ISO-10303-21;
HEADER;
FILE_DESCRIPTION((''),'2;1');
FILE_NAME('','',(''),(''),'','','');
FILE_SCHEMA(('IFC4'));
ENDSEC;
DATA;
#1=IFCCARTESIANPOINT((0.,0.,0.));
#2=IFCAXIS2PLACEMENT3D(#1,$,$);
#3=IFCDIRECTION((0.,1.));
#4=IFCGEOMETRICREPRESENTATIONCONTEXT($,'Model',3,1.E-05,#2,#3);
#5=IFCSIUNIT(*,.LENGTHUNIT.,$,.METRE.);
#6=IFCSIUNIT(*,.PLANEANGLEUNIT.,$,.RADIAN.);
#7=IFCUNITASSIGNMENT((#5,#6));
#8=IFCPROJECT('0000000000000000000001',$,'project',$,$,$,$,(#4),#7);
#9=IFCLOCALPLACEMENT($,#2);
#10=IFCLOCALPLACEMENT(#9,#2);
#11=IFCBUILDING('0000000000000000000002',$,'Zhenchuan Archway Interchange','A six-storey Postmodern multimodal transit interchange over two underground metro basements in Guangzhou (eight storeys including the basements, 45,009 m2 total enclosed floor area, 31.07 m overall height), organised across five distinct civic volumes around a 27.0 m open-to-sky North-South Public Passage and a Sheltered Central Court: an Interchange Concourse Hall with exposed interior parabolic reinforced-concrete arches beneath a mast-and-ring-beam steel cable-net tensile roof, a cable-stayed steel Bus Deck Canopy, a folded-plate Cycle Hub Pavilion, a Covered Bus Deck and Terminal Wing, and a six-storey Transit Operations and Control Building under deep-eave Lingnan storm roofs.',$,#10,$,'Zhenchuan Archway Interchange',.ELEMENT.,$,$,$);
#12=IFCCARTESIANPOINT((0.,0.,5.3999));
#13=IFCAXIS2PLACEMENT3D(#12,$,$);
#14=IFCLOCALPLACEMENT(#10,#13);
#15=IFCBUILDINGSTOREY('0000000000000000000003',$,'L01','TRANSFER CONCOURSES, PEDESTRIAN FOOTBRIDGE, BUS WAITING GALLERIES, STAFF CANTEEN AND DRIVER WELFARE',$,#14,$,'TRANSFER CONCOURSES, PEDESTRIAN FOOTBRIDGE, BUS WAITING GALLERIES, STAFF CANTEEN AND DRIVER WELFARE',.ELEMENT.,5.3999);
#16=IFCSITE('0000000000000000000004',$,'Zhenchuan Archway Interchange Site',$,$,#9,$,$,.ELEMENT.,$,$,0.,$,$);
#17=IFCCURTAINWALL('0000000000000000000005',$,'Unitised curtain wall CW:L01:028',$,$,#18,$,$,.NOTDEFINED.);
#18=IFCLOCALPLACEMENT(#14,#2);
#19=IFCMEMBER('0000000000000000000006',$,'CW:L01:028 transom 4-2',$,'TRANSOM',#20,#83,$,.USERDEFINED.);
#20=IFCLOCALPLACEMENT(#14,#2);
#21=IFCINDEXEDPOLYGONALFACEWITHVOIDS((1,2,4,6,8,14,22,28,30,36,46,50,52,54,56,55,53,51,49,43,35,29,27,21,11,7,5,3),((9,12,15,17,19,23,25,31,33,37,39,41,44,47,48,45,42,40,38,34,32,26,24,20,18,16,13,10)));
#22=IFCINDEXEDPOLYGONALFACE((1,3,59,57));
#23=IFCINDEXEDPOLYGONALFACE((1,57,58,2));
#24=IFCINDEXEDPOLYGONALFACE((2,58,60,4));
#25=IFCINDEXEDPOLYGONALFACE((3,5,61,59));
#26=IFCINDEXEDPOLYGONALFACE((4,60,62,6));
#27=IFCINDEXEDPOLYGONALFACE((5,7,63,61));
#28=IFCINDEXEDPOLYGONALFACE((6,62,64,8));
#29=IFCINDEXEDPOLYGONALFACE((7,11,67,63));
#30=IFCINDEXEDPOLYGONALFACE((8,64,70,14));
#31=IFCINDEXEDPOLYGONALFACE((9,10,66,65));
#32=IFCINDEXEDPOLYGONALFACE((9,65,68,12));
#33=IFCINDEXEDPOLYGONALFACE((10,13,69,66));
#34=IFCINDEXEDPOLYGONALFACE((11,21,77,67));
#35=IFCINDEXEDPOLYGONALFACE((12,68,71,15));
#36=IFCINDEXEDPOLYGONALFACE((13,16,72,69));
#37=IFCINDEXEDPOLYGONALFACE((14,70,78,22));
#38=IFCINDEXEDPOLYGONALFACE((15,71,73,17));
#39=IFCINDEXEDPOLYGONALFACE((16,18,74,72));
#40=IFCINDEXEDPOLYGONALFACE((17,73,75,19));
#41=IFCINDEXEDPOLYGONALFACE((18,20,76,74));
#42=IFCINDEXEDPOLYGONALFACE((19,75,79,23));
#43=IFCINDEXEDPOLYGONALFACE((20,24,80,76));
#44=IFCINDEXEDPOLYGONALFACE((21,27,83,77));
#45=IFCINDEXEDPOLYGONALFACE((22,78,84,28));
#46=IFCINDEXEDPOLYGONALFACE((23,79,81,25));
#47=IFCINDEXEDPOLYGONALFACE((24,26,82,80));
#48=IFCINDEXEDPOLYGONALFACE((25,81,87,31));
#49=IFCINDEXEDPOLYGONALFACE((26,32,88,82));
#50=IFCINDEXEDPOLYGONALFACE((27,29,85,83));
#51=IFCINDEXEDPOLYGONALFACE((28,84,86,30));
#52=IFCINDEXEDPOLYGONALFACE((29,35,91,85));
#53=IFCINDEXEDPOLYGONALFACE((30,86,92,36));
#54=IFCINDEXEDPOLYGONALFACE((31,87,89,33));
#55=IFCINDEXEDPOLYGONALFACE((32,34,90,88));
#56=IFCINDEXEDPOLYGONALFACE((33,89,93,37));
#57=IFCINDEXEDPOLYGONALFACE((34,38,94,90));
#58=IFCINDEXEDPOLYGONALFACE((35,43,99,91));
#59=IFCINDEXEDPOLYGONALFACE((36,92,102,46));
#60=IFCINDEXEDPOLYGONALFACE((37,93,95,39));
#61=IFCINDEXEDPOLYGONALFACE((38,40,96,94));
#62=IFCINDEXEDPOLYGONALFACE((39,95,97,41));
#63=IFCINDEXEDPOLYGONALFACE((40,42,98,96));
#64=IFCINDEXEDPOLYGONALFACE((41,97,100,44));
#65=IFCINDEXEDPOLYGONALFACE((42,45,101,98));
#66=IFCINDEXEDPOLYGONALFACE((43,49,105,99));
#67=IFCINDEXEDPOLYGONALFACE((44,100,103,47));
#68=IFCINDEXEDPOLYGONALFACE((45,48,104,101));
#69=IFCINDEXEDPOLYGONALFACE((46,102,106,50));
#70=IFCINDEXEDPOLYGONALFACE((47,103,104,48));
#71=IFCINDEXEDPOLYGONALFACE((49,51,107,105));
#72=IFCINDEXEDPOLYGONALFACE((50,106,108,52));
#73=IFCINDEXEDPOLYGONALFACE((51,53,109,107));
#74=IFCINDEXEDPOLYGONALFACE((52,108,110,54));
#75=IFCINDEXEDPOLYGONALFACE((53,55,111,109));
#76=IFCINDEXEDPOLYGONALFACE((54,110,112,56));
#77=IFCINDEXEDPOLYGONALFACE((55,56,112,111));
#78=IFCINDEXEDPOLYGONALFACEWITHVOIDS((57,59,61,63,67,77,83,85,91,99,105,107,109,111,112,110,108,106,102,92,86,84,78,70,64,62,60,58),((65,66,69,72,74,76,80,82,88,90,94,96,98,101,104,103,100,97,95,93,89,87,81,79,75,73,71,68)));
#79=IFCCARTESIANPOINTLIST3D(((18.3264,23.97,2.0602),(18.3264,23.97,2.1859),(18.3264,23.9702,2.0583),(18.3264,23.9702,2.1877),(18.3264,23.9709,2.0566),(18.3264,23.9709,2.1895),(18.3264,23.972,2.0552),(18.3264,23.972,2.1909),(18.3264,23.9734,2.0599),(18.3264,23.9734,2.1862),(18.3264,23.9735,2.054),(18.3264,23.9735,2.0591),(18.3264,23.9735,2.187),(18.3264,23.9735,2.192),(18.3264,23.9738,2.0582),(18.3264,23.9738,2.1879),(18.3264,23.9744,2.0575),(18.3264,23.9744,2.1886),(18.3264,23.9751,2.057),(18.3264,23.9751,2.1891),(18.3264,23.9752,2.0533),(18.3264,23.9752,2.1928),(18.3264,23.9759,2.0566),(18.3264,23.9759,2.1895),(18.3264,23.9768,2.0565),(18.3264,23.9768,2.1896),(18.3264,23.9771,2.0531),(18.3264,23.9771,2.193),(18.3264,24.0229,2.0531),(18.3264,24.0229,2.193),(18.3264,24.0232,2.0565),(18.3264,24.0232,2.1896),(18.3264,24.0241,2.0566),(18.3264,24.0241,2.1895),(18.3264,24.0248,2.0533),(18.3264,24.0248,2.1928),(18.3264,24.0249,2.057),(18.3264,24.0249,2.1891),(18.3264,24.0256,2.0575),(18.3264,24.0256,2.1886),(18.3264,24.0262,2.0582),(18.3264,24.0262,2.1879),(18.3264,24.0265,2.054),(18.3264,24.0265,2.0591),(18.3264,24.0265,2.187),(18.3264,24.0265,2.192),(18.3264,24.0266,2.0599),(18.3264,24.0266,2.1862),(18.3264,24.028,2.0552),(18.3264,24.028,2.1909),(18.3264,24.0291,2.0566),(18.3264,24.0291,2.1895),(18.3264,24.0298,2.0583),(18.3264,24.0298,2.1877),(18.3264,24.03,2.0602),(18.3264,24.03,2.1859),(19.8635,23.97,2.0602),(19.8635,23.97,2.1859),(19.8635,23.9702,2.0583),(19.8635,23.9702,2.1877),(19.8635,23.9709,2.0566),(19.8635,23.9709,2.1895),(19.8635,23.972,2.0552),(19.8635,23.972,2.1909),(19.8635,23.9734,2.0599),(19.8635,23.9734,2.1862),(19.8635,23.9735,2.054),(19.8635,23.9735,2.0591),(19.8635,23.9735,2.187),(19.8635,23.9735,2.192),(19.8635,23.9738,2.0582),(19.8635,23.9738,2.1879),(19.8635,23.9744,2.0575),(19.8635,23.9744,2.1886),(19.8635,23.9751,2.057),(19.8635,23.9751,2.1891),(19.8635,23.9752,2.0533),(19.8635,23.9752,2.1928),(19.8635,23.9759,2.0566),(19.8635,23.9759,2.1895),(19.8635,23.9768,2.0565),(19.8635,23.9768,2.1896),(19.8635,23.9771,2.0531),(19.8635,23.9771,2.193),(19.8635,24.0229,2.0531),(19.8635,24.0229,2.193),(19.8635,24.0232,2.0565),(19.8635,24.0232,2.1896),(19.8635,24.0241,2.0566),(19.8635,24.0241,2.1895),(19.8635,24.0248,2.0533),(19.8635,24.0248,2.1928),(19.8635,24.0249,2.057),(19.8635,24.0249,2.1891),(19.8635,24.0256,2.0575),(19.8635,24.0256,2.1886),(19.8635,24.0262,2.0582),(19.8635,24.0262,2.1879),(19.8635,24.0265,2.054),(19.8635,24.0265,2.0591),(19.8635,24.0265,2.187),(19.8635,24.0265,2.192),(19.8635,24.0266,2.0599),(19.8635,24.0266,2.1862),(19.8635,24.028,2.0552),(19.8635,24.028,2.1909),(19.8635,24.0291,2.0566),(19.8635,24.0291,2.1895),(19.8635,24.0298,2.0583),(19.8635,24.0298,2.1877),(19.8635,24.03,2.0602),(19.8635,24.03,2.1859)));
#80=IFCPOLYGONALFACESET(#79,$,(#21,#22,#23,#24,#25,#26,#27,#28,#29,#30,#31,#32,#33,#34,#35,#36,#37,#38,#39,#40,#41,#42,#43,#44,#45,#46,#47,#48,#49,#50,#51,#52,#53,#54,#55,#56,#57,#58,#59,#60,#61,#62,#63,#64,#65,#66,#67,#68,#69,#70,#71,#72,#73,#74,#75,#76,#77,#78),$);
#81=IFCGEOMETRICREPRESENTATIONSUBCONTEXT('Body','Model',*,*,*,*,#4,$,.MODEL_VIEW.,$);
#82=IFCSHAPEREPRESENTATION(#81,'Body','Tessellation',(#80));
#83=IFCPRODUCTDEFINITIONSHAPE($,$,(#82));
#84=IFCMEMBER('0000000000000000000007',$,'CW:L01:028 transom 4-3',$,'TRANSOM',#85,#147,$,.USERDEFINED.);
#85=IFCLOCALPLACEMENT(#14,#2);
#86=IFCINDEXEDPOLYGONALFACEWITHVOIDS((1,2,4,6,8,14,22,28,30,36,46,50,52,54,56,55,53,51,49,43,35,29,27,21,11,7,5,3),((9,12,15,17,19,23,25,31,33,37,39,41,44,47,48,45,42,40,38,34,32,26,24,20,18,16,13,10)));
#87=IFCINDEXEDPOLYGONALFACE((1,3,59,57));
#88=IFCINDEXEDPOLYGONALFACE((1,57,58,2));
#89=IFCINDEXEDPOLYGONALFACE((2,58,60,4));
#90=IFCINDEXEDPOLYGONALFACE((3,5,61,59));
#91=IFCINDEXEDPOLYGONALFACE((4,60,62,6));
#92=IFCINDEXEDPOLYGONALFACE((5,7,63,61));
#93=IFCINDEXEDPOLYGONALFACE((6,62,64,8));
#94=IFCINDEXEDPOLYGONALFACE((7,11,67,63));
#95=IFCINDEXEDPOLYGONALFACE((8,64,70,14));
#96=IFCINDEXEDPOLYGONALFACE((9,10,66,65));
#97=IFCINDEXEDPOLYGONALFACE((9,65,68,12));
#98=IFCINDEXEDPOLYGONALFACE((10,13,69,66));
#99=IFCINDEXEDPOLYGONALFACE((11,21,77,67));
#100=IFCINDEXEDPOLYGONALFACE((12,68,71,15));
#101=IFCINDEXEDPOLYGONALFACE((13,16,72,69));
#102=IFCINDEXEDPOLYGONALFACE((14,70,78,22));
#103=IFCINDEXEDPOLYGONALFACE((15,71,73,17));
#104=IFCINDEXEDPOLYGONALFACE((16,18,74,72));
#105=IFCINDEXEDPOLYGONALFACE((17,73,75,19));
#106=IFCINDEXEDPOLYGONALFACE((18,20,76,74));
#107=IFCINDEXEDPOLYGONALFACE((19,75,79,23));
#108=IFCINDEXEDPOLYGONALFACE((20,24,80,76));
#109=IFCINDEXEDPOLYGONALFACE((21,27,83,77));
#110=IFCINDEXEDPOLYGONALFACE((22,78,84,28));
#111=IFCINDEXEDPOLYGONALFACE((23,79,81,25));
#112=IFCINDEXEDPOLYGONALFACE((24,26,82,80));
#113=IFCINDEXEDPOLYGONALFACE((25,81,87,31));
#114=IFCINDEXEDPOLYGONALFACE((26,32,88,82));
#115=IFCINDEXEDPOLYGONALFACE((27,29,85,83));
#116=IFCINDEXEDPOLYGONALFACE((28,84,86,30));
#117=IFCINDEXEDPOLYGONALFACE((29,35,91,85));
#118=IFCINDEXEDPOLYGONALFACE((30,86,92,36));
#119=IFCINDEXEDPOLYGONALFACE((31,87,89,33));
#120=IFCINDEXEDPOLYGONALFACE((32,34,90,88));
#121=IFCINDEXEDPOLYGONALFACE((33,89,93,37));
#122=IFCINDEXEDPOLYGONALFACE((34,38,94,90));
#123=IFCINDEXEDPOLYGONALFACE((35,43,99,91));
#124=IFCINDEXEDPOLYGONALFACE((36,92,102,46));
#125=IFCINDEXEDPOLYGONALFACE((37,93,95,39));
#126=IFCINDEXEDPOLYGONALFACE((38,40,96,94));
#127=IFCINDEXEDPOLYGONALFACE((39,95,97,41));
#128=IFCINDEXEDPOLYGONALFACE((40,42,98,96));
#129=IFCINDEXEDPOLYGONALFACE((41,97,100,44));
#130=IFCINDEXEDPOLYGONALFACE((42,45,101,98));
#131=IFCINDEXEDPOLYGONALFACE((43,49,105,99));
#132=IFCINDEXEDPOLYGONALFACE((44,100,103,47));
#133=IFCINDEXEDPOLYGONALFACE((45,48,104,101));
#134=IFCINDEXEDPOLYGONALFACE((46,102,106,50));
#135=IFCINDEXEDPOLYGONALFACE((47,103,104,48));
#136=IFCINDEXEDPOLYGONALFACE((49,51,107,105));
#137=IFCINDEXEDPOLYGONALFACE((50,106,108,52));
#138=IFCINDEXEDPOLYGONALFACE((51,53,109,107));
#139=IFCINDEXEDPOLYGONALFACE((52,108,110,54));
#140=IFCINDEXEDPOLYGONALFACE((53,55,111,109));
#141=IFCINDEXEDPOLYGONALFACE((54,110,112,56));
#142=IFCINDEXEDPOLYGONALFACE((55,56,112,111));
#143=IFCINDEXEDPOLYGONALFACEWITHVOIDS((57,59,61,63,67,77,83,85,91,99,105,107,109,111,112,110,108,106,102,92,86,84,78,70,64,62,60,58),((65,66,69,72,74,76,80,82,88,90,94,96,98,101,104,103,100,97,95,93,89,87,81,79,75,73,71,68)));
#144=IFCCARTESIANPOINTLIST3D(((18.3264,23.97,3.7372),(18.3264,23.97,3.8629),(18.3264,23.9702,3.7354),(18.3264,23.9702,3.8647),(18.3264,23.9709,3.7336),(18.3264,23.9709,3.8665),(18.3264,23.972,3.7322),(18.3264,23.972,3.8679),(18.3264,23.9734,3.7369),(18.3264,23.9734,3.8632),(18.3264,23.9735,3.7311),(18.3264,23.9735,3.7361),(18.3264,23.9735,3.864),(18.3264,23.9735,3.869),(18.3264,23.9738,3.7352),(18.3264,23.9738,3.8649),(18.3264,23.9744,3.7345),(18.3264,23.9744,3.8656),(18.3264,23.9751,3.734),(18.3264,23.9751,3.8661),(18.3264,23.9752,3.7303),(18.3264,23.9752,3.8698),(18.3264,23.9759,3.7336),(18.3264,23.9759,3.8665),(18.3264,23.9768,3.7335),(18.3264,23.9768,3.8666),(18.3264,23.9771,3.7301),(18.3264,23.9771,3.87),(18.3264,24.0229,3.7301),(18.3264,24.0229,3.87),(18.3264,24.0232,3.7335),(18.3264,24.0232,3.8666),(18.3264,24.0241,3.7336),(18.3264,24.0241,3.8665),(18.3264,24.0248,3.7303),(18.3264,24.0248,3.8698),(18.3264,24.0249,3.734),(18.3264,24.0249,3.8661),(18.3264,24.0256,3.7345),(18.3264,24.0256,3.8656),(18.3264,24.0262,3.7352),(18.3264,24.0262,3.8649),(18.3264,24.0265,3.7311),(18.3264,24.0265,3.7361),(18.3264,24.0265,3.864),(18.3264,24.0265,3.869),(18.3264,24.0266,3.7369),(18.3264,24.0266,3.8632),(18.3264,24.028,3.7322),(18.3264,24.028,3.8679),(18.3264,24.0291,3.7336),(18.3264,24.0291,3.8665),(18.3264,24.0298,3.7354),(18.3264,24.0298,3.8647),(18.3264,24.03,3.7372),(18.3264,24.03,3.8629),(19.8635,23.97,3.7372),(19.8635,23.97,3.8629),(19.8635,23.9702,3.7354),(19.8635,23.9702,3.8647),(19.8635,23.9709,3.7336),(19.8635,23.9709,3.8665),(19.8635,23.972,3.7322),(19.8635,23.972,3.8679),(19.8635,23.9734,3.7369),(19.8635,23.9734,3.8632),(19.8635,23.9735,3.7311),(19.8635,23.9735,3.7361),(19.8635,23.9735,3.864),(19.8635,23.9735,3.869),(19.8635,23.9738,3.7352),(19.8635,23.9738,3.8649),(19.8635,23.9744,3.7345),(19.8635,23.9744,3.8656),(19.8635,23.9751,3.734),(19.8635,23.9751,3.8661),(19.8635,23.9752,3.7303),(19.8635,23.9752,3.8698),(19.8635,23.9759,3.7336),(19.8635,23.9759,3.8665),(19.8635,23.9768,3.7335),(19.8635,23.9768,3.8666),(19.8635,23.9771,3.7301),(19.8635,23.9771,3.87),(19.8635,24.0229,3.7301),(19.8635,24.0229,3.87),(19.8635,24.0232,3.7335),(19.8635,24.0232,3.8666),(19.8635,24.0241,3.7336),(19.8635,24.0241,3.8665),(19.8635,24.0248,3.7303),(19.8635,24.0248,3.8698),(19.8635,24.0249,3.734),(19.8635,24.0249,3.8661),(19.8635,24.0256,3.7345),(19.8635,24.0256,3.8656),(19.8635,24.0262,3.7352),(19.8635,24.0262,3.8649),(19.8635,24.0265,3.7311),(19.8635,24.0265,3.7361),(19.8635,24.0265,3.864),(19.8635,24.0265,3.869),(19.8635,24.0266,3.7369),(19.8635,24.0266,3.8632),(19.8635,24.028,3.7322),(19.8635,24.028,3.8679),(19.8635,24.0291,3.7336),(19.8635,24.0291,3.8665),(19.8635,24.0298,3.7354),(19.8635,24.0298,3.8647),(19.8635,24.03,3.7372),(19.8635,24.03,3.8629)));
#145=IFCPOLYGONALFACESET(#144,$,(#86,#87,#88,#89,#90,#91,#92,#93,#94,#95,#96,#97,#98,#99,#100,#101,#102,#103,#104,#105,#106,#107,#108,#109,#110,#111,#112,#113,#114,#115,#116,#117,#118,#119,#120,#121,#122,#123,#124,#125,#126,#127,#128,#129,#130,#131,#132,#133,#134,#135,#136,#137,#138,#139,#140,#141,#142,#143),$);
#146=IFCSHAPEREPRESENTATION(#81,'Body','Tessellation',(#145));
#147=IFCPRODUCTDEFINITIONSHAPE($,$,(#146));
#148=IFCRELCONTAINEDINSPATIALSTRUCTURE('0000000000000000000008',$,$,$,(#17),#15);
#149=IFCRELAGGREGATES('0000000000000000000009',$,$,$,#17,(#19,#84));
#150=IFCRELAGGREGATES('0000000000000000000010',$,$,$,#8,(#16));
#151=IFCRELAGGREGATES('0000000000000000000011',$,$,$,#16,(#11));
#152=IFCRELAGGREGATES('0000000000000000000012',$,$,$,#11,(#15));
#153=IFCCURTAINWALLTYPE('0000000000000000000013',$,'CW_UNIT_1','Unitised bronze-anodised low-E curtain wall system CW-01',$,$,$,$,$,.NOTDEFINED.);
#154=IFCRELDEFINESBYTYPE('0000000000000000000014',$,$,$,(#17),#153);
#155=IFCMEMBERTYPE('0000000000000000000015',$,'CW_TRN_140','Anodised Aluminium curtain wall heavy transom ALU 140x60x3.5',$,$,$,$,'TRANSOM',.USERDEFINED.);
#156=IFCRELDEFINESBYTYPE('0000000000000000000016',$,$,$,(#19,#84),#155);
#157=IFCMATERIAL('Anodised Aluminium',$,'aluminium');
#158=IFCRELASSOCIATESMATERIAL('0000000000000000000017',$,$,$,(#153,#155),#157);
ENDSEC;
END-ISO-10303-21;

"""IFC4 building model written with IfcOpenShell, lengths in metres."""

from ifc_helpers import new_model, si_unit, direction, frame, origin, origin_2d, place, context, subcontext, project, spatial, hollow_rectangle, extrude, material, material_profile, profile_set, type_object, element, aggregate, save


model = new_model("IFC4")

# Units and contexts
model_context = context("Model", 3, precision=1e-05, world=origin(), true_north=direction((0.0, 1.0)))
body_context = subcontext(model_context, "Body", "Model", "MODEL_VIEW")
ifc_project = project(units=[si_unit("LENGTHUNIT", "METRE"), si_unit("PLANEANGLEUNIT", "RADIAN")], contexts=[model_context])

# Site, building, storey
site_placement = place(None, origin())
site = spatial("IfcSite", under=ifc_project, at=site_placement, Name="Zhenchuan Archway Interchange Site", CompositionType="ELEMENT", RefElevation=0.0)
building_placement = place(site_placement, origin())
building = spatial("IfcBuilding", under=site, at=building_placement, Name="Zhenchuan Archway Interchange", Description="A six-storey Postmodern multimodal transit interchange over two underground metro basements in Guangzhou (eight storeys including the basements, 45,009 m2 total enclosed floor area, 31.07 m overall height), organised across five distinct civic volumes around a 27.0 m open-to-sky North-South Public Passage and a Sheltered Central Court: an Interchange Concourse Hall with exposed interior parabolic reinforced-concrete arches beneath a mast-and-ring-beam steel cable-net tensile roof, a cable-stayed steel Bus Deck Canopy, a folded-plate Cycle Hub Pavilion, a Covered Bus Deck and Terminal Wing, and a six-storey Transit Operations and Control Building under deep-eave Lingnan storm roofs.", LongName="Zhenchuan Archway Interchange", CompositionType="ELEMENT")
storey_placement = place(building_placement, frame((0.0, 0.0, 5.3999)))
storey = spatial("IfcBuildingStorey", under=building, at=storey_placement, Name="L01", Description="TRANSFER CONCOURSES, PEDESTRIAN FOOTBRIDGE, BUS WAITING GALLERIES, STAFF CANTEEN AND DRIVER WELFARE", LongName="TRANSFER CONCOURSES, PEDESTRIAN FOOTBRIDGE, BUS WAITING GALLERIES, STAFF CANTEEN AND DRIVER WELFARE", CompositionType="ELEMENT", Elevation=5.3999)

# Curtain wall
ifc_material_1 = material(Name="Anodised Aluminium", Category="aluminium")
curtain_wall_type_1 = type_object("IfcCurtainWallType", Name="CW_UNIT_1", Description="Unitised bronze-anodised low-E curtain wall system CW-01", PredefinedType="NOTDEFINED", material=ifc_material_1)
curtain_wall_1_placement = place(storey_placement, origin())
curtain_wall_1 = element("IfcCurtainWall", 1, at=curtain_wall_1_placement, inside=storey, type_object=curtain_wall_type_1, Name="Unitised curtain wall CW:L01:028", PredefinedType="NOTDEFINED")

# Members
ifc_material_profile_1 = material_profile(ifc_material_1, hollow_rectangle(XDim=0.0601, YDim=0.1399, WallThickness=0.0034, InnerFilletRadius=0.0034, OuterFilletRadius=0.0071, at=origin_2d()), Name="ALU 140x60x3.5")
ifc_profile_set_1 = profile_set([ifc_material_profile_1], Name="Anodised Aluminium")
member_type_1 = type_object("IfcMemberType", Name="CW_TRN_140", Description="Anodised Aluminium curtain wall heavy transom ALU 140x60x3.5", ElementType="TRANSOM", PredefinedType="USERDEFINED", material=ifc_profile_set_1)
member_1_placement = place(storey_placement, frame((19.8635, 24.0, 2.123), z_axis=(-1.0, 0.0, 0.0), x_axis=(0.0, -1.0, 0.0)))
member_1 = element("IfcMember", 2, at=member_1_placement, type_object=member_type_1, Name="CW:L01:028 transom 4-2", ObjectType="TRANSOM", PredefinedType="USERDEFINED", context=body_context, shape_type="SweptSolid", body=[
    extrude(hollow_rectangle(XDim=0.0601, YDim=0.1399, WallThickness=0.0034, InnerFilletRadius=0.0034, OuterFilletRadius=0.0071, at=origin_2d()), origin(), (0.0, 0.0, 1.0), 1.5371),
])
member_2_placement = place(storey_placement, frame((19.8635, 24.0, 3.8), z_axis=(-1.0, 0.0, 0.0), x_axis=(0.0, -1.0, 0.0)))
member_2 = element("IfcMember", 3, at=member_2_placement, type_object=member_type_1, Name="CW:L01:028 transom 4-3", ObjectType="TRANSOM", PredefinedType="USERDEFINED", context=body_context, shape_type="SweptSolid", body=[
    extrude(hollow_rectangle(XDim=0.0601, YDim=0.1399, WallThickness=0.0034, InnerFilletRadius=0.0034, OuterFilletRadius=0.0071, at=origin_2d()), origin(), (0.0, 0.0, 1.0), 1.5371),
])

aggregate(curtain_wall_1, [member_1, member_2])

save(model, "model.ifc")
